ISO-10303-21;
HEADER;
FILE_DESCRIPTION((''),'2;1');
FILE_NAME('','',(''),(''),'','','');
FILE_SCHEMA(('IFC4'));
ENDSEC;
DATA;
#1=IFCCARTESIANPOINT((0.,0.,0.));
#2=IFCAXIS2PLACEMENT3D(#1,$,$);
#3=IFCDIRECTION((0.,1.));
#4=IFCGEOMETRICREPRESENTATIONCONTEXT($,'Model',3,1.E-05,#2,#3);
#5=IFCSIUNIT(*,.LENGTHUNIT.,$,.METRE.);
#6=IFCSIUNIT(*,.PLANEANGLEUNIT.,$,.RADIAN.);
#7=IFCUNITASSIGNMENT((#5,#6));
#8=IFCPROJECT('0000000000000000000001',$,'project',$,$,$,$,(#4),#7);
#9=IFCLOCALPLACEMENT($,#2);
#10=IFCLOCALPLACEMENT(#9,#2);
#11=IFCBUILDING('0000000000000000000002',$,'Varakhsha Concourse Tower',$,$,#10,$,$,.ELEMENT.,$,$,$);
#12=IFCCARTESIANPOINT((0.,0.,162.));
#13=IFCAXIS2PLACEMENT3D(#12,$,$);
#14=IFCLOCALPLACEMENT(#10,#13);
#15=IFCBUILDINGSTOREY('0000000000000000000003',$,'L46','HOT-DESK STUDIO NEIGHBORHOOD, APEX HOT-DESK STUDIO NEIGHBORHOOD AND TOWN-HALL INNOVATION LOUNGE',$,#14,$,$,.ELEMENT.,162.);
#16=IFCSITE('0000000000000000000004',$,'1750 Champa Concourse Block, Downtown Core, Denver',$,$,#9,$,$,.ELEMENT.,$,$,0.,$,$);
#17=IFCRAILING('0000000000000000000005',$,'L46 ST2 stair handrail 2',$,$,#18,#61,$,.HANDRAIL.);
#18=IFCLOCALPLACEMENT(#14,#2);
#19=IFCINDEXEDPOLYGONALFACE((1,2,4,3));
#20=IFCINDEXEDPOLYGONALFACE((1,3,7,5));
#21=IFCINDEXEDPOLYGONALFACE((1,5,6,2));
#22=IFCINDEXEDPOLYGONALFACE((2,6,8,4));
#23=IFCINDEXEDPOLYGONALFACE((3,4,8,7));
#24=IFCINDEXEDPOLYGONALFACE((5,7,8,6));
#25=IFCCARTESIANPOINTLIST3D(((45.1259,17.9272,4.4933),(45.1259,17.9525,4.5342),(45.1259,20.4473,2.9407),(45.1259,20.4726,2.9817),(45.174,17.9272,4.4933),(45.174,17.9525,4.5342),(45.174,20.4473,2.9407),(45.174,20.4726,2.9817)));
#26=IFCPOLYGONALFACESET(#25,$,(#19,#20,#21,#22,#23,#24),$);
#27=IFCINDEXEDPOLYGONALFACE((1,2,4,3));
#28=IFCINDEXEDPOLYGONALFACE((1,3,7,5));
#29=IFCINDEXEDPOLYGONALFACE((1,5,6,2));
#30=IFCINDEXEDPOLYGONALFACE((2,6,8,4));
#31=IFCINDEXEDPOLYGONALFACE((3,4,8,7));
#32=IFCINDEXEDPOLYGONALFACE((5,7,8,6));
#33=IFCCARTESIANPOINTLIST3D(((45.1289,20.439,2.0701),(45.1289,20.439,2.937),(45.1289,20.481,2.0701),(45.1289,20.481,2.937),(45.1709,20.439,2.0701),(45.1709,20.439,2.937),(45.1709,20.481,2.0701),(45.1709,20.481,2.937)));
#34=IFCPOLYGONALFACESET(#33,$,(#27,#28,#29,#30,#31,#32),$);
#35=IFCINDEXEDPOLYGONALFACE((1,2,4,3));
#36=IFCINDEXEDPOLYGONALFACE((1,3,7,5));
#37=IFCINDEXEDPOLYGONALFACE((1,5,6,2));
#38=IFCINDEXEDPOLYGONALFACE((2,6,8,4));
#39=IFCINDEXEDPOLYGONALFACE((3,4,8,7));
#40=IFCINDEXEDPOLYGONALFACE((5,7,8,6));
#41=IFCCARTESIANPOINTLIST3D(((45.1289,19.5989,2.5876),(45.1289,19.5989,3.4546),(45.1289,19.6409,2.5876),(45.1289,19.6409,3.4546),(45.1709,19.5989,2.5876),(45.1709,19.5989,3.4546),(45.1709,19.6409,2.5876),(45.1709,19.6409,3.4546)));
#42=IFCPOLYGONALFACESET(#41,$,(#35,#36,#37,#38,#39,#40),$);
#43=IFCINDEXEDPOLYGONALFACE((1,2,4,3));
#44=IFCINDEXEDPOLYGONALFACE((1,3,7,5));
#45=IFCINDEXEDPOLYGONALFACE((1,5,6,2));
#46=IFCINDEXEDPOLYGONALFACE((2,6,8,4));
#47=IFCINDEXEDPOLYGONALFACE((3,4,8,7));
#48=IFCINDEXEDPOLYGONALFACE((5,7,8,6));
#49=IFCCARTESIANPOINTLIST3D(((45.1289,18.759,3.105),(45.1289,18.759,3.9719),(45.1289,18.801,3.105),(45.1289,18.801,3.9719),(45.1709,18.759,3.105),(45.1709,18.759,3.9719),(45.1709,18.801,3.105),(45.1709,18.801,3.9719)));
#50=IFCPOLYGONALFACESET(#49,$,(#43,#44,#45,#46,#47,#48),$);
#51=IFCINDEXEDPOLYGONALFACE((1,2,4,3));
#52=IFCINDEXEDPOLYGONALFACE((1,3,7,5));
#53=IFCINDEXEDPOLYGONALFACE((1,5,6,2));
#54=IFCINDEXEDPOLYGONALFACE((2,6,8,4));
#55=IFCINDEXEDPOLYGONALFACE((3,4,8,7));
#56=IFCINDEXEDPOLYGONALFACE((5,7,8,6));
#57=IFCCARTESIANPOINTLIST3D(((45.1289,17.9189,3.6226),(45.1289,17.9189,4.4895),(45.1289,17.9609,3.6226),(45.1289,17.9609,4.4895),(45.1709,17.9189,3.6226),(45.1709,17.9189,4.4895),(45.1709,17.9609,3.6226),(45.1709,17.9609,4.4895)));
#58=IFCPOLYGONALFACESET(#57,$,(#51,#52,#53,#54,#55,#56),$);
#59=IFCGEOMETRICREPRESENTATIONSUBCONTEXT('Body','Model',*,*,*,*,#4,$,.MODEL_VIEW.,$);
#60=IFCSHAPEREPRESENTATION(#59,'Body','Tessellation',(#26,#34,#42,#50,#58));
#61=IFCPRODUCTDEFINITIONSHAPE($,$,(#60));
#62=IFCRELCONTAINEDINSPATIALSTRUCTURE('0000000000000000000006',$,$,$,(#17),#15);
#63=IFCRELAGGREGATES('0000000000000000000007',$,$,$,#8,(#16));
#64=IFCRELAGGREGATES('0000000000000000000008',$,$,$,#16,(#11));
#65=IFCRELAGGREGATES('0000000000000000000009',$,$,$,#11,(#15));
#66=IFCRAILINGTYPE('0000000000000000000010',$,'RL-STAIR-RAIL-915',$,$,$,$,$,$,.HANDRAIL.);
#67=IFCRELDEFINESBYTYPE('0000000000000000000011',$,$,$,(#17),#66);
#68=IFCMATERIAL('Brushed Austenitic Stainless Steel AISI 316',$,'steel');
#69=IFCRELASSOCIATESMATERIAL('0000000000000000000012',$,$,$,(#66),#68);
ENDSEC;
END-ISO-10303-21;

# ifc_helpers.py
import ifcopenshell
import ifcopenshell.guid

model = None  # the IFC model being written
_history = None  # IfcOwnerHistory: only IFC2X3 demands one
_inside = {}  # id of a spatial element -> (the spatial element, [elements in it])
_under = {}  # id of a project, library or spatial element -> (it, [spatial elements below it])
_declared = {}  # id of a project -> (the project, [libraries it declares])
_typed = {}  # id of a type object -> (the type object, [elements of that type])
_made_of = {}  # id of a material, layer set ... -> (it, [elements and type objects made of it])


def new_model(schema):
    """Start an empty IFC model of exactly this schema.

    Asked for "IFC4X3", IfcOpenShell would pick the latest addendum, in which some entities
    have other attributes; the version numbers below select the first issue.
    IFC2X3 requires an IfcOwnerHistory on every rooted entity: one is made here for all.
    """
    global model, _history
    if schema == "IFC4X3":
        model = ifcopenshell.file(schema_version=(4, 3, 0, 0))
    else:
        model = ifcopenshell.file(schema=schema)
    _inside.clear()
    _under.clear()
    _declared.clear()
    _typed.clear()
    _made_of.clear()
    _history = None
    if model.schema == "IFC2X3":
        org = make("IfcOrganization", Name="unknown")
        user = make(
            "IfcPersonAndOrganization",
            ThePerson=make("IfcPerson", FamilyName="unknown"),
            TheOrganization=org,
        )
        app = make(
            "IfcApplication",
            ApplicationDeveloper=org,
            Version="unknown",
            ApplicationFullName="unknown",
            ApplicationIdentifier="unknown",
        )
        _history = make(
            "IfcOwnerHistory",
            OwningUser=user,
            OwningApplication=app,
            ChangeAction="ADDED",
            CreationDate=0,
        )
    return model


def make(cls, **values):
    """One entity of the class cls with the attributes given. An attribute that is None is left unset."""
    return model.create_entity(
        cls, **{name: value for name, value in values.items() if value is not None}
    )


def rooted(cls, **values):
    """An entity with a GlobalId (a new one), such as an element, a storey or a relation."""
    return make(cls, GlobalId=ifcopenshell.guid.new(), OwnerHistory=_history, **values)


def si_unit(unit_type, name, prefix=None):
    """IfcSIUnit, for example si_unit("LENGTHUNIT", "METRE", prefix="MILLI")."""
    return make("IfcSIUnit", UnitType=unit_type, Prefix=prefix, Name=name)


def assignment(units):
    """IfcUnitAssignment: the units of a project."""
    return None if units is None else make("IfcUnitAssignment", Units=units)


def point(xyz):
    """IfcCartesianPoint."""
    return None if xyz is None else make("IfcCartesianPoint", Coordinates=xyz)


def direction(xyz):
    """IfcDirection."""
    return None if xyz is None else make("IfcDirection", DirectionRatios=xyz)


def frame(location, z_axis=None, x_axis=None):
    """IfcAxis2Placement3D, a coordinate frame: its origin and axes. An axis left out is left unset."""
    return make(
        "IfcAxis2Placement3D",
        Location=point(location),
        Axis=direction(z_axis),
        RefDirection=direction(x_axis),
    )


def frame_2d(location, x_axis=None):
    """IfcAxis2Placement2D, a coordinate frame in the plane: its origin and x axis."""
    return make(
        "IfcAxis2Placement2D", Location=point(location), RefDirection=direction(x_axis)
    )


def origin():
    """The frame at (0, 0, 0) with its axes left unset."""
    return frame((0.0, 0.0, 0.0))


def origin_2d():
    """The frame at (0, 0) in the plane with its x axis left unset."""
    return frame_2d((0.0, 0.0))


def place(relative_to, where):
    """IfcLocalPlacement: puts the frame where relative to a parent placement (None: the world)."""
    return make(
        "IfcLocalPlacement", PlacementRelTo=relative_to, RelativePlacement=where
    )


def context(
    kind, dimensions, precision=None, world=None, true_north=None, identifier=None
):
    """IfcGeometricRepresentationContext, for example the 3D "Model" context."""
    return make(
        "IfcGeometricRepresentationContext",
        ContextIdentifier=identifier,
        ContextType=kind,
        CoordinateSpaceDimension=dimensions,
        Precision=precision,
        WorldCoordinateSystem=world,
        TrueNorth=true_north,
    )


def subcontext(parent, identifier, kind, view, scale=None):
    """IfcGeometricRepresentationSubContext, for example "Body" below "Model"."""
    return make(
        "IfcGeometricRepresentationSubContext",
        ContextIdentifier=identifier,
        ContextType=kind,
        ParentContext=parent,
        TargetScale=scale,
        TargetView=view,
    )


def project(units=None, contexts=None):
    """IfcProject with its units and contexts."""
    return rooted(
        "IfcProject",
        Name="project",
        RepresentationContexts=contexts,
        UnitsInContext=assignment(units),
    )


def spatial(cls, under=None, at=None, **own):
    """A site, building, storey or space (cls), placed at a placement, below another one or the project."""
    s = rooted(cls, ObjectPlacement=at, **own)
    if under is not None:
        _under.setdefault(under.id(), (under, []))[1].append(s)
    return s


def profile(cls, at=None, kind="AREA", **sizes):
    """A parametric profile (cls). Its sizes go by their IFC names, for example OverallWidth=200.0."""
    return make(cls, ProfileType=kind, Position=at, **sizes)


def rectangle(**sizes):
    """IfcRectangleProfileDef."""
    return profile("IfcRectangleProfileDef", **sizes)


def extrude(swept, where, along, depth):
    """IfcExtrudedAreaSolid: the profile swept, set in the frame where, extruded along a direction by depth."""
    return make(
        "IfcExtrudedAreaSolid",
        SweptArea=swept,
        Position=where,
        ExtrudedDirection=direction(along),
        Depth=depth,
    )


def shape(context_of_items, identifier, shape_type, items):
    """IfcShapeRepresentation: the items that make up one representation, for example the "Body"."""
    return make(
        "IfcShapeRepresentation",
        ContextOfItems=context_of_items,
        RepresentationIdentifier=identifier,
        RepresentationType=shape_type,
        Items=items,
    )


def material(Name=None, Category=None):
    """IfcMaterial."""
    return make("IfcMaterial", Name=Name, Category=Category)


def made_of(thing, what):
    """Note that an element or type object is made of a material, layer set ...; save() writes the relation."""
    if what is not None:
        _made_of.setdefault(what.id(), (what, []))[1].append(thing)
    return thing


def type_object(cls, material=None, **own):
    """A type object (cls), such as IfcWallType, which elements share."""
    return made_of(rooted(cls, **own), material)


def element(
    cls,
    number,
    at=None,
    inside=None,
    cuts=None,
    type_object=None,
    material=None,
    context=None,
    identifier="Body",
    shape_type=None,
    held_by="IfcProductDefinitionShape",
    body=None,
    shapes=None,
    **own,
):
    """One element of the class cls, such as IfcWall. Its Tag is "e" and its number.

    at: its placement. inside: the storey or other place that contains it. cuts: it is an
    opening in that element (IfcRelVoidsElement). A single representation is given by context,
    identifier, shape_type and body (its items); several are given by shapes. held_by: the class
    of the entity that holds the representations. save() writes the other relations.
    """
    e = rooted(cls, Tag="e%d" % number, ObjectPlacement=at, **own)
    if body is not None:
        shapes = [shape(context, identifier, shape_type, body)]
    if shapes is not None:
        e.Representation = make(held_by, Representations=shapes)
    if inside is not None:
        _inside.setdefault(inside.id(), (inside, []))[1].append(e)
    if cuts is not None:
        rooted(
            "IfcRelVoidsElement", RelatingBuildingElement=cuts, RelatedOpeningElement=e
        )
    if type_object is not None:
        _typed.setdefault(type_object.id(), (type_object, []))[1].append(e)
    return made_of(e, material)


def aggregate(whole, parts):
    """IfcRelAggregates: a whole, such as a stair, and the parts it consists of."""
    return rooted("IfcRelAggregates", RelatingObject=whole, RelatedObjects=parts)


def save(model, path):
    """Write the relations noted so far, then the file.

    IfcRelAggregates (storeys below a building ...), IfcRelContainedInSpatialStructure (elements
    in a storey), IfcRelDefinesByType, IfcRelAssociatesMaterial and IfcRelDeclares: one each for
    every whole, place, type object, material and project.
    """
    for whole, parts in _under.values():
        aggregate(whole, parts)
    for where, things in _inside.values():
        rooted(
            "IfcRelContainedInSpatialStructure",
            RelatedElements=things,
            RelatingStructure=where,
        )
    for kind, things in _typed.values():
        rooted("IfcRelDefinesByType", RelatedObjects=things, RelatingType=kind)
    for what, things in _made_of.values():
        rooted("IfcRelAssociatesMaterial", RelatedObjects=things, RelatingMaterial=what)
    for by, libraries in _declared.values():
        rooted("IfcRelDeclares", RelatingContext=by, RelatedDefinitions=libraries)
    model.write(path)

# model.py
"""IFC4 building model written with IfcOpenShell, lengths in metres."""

from ifc_helpers import new_model, si_unit, direction, frame, origin, origin_2d, place, context, subcontext, project, spatial, rectangle, extrude, material, type_object, element, save


model = new_model("IFC4")

# Units and contexts
model_context = context("Model", 3, precision=1e-05, world=origin(), true_north=direction((0.0, 1.0)))
body_context = subcontext(model_context, "Body", "Model", "MODEL_VIEW")
ifc_project = project(units=[si_unit("LENGTHUNIT", "METRE"), si_unit("PLANEANGLEUNIT", "RADIAN")], contexts=[model_context])

# Site, building, storey
site_placement = place(None, origin())
site = spatial("IfcSite", under=ifc_project, at=site_placement, Name="1750 Champa Concourse Block, Downtown Core, Denver", CompositionType="ELEMENT", RefElevation=0.0)
building_placement = place(site_placement, origin())
building = spatial("IfcBuilding", under=site, at=building_placement, Name="Varakhsha Concourse Tower", CompositionType="ELEMENT")
storey_placement = place(building_placement, frame((0.0, 0.0, 162.0)))
storey = spatial("IfcBuildingStorey", under=building, at=storey_placement, Name="L46", Description="HOT-DESK STUDIO NEIGHBORHOOD, APEX HOT-DESK STUDIO NEIGHBORHOOD AND TOWN-HALL INNOVATION LOUNGE", CompositionType="ELEMENT", Elevation=162.0)

# Railing
ifc_material_1 = material(Name="Brushed Austenitic Stainless Steel AISI 316", Category="steel")
railing_type_1 = type_object("IfcRailingType", Name="RL-STAIR-RAIL-915", PredefinedType="HANDRAIL", material=ifc_material_1)
railing_1_placement = place(storey_placement, frame((45.1499, 20.46, 2.0701)))
element("IfcRailing", 1, at=railing_1_placement, inside=storey, type_object=railing_type_1, Name="L46 ST2 stair handrail 2", PredefinedType="HANDRAIL", context=body_context, shape_type="SweptSolid", body=[
    extrude(rectangle(XDim=0.0481, YDim=0.0481, at=origin_2d()), frame((0.0, 0.0, 0.8911), z_axis=(0.0, -0.8514, 0.524516), x_axis=(1.0, 0.0, 0.0)), (0.0, 0.0, 1.0), 2.96),
    extrude(rectangle(XDim=0.042, YDim=0.042, at=origin_2d()), origin(), (0.0, 0.0, 1.0), 0.8669),
    extrude(rectangle(XDim=0.042, YDim=0.042, at=origin_2d()), frame((0.0, -0.8401, 0.5176)), (0.0, 0.0, 1.0), 0.8669),
    extrude(rectangle(XDim=0.042, YDim=0.042, at=origin_2d()), frame((0.0, -1.6799, 1.0349)), (0.0, 0.0, 1.0), 0.8669),
    extrude(rectangle(XDim=0.042, YDim=0.042, at=origin_2d()), frame((0.0, -2.52, 1.5525)), (0.0, 0.0, 1.0), 0.8669),
])

save(model, "model.ifc")
